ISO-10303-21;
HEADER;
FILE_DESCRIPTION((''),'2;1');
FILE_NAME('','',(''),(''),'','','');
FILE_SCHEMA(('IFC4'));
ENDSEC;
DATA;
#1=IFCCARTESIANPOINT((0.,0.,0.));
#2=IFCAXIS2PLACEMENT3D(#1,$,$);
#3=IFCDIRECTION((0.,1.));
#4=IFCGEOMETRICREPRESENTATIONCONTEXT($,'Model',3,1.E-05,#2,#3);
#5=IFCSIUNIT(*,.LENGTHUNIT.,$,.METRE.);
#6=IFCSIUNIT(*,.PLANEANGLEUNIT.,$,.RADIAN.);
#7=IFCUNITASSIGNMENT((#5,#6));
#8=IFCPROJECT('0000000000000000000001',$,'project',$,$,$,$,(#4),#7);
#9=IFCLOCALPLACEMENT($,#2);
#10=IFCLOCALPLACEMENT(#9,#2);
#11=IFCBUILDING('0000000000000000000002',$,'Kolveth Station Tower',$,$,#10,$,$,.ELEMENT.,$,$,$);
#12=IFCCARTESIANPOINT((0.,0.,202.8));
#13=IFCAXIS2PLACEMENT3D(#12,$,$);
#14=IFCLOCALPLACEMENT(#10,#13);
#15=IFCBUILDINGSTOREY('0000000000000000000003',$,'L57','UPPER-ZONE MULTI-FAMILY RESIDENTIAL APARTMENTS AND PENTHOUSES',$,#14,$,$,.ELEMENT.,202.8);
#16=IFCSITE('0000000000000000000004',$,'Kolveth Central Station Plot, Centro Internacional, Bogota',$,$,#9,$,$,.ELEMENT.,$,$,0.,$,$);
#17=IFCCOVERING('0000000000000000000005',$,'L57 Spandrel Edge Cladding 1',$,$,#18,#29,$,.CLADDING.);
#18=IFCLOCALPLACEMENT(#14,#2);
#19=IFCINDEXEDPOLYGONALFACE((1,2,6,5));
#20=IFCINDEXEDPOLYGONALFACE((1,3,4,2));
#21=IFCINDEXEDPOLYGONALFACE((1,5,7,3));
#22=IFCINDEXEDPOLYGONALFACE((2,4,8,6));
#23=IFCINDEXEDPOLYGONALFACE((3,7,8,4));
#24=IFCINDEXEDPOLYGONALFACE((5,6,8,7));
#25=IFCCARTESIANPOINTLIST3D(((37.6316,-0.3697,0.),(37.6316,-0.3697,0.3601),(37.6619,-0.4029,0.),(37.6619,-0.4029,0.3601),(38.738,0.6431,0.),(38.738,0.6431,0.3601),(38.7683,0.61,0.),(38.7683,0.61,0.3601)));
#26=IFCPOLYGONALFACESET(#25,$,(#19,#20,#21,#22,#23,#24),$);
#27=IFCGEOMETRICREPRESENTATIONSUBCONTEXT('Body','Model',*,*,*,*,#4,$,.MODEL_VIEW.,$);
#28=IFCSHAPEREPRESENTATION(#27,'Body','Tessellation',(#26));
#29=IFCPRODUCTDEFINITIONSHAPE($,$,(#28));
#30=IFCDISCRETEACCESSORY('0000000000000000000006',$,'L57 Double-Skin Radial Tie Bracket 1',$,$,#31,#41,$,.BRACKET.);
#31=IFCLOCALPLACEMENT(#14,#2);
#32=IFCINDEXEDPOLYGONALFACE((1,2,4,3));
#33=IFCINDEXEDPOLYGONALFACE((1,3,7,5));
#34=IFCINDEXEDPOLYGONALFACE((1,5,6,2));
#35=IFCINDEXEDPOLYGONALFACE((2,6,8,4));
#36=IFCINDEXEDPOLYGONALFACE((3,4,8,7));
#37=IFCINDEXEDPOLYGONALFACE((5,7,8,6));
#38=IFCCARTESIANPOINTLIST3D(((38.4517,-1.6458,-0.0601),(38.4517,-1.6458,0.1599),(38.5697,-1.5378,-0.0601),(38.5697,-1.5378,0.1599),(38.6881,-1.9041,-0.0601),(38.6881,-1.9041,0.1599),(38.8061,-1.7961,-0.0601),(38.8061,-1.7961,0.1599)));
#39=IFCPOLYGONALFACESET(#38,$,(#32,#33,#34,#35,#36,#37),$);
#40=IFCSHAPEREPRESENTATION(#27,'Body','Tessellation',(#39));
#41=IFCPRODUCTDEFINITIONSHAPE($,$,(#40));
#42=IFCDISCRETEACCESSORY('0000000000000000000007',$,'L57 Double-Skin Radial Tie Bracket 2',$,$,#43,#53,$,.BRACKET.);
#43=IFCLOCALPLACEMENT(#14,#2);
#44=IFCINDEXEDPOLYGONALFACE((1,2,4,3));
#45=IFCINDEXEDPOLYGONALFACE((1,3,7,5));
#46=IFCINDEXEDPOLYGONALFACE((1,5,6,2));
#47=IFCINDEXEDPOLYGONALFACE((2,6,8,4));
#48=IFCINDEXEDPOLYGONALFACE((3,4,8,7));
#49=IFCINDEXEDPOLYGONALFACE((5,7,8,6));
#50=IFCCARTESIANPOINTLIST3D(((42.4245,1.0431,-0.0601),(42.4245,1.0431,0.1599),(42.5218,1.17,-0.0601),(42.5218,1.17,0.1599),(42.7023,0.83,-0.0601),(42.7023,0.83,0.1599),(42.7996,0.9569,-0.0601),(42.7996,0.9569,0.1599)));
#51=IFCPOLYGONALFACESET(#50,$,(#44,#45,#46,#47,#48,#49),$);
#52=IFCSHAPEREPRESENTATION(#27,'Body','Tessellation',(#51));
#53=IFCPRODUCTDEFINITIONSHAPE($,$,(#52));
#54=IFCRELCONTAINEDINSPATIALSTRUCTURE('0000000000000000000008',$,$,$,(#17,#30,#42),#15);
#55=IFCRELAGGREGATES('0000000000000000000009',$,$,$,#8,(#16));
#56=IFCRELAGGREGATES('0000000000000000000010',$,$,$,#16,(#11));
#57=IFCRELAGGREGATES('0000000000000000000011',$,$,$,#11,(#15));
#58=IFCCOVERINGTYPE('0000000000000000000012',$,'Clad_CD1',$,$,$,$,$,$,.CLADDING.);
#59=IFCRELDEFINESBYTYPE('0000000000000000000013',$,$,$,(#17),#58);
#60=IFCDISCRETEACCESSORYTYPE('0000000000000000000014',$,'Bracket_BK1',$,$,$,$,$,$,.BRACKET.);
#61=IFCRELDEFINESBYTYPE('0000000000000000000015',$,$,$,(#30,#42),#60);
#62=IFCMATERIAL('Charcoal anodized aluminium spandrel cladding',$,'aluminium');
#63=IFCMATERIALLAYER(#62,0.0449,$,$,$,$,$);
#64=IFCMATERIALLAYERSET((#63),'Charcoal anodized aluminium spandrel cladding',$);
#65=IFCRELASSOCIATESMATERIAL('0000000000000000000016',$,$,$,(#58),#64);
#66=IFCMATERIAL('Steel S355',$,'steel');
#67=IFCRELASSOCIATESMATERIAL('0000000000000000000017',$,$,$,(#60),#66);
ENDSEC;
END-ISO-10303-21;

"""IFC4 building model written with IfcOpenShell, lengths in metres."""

from ifc_helpers import new_model, si_unit, direction, frame, origin, origin_2d, place, context, subcontext, project, spatial, rectangle, extrude, source, transform, mapped, material, layer, layer_set, type_object, element, save


model = new_model("IFC4")

# Units and contexts
model_context = context("Model", 3, precision=1e-05, world=origin(), true_north=direction((0.0, 1.0)))
body_context = subcontext(model_context, "Body", "Model", "MODEL_VIEW")
ifc_project = project(units=[si_unit("LENGTHUNIT", "METRE"), si_unit("PLANEANGLEUNIT", "RADIAN")], contexts=[model_context])

# Site, building, storey
site_placement = place(None, origin())
site = spatial("IfcSite", under=ifc_project, at=site_placement, Name="Kolveth Central Station Plot, Centro Internacional, Bogota", CompositionType="ELEMENT", RefElevation=0.0)
building_placement = place(site_placement, origin())
building = spatial("IfcBuilding", under=site, at=building_placement, Name="Kolveth Station Tower", CompositionType="ELEMENT")
storey_placement = place(building_placement, frame((0.0, 0.0, 202.8)))
storey = spatial("IfcBuildingStorey", under=building, at=storey_placement, Name="L57", Description="UPPER-ZONE MULTI-FAMILY RESIDENTIAL APARTMENTS AND PENTHOUSES", CompositionType="ELEMENT", Elevation=202.8)

# Covering
ifc_material_1 = material(Name="Charcoal anodized aluminium spandrel cladding", Category="aluminium")
ifc_layer_1 = layer(ifc_material_1, 0.0449)
ifc_layer_set_1 = layer_set([ifc_layer_1], Name="Charcoal anodized aluminium spandrel cladding")
covering_type = type_object("IfcCoveringType", Name="Clad_CD1", PredefinedType="CLADDING", material=ifc_layer_set_1)
shared_shape_1 = source(origin(), body_context, "Body", "SweptSolid", [
    extrude(rectangle(XDim=1.5, YDim=0.0449, at=origin_2d()), origin(), (0.0, 0.0, 1.0), 0.3601),
])
covering_placement = place(storey_placement, frame((38.2, 0.1201, 0.0), z_axis=(0.0, 0.0, 1.0), x_axis=(0.737631, 0.675204, 0.0)))
element("IfcCovering", 1, at=covering_placement, inside=storey, type_object=covering_type, Name="L57 Spandrel Edge Cladding 1", PredefinedType="CLADDING", context=body_context, shape_type="MappedRepresentation", body=[
    mapped(shared_shape_1, transform((0.0, 0.0, 0.0), x_axis=(1.0, 0.0, 0.0), y_axis=(0.0, 1.0, 0.0), z_axis=(0.0, 0.0, 1.0), scale=1.0)),
])

# Discrete accessories
ifc_material_2 = material(Name="Steel S355", Category="steel")
discrete_accessory_type = type_object("IfcDiscreteAccessoryType", Name="Bracket_BK1", PredefinedType="BRACKET", material=ifc_material_2)
shared_shape_2 = source(origin(), body_context, "Body", "SweptSolid", [
    extrude(rectangle(XDim=0.3501, YDim=0.1599, at=origin_2d()), origin(), (0.0, 0.0, 1.0), 0.22),
])
for number, where, z_axis, x_axis, name in (
    (2, (38.6289, -1.7209, -0.0601), (0.0, 0.0, 1.0), (0.675204, -0.737631, 0.0), "L57 Double-Skin Radial Tie Bracket 1"),
    (3, (42.6121, 1.0, -0.0601), (0.0, 0.0, 1.0), (0.793566, -0.608484, 0.0), "L57 Double-Skin Radial Tie Bracket 2"),
):
    element("IfcDiscreteAccessory", number, at=place(storey_placement, frame(where, z_axis=z_axis, x_axis=x_axis)), inside=storey, type_object=discrete_accessory_type, Name=name, PredefinedType="BRACKET", context=body_context, shape_type="MappedRepresentation", body=[
        mapped(shared_shape_2, transform((0.0, 0.0, 0.0), x_axis=(1.0, 0.0, 0.0), y_axis=(0.0, 1.0, 0.0), z_axis=(0.0, 0.0, 1.0), scale=1.0)),
    ])

save(model, "model.ifc")
